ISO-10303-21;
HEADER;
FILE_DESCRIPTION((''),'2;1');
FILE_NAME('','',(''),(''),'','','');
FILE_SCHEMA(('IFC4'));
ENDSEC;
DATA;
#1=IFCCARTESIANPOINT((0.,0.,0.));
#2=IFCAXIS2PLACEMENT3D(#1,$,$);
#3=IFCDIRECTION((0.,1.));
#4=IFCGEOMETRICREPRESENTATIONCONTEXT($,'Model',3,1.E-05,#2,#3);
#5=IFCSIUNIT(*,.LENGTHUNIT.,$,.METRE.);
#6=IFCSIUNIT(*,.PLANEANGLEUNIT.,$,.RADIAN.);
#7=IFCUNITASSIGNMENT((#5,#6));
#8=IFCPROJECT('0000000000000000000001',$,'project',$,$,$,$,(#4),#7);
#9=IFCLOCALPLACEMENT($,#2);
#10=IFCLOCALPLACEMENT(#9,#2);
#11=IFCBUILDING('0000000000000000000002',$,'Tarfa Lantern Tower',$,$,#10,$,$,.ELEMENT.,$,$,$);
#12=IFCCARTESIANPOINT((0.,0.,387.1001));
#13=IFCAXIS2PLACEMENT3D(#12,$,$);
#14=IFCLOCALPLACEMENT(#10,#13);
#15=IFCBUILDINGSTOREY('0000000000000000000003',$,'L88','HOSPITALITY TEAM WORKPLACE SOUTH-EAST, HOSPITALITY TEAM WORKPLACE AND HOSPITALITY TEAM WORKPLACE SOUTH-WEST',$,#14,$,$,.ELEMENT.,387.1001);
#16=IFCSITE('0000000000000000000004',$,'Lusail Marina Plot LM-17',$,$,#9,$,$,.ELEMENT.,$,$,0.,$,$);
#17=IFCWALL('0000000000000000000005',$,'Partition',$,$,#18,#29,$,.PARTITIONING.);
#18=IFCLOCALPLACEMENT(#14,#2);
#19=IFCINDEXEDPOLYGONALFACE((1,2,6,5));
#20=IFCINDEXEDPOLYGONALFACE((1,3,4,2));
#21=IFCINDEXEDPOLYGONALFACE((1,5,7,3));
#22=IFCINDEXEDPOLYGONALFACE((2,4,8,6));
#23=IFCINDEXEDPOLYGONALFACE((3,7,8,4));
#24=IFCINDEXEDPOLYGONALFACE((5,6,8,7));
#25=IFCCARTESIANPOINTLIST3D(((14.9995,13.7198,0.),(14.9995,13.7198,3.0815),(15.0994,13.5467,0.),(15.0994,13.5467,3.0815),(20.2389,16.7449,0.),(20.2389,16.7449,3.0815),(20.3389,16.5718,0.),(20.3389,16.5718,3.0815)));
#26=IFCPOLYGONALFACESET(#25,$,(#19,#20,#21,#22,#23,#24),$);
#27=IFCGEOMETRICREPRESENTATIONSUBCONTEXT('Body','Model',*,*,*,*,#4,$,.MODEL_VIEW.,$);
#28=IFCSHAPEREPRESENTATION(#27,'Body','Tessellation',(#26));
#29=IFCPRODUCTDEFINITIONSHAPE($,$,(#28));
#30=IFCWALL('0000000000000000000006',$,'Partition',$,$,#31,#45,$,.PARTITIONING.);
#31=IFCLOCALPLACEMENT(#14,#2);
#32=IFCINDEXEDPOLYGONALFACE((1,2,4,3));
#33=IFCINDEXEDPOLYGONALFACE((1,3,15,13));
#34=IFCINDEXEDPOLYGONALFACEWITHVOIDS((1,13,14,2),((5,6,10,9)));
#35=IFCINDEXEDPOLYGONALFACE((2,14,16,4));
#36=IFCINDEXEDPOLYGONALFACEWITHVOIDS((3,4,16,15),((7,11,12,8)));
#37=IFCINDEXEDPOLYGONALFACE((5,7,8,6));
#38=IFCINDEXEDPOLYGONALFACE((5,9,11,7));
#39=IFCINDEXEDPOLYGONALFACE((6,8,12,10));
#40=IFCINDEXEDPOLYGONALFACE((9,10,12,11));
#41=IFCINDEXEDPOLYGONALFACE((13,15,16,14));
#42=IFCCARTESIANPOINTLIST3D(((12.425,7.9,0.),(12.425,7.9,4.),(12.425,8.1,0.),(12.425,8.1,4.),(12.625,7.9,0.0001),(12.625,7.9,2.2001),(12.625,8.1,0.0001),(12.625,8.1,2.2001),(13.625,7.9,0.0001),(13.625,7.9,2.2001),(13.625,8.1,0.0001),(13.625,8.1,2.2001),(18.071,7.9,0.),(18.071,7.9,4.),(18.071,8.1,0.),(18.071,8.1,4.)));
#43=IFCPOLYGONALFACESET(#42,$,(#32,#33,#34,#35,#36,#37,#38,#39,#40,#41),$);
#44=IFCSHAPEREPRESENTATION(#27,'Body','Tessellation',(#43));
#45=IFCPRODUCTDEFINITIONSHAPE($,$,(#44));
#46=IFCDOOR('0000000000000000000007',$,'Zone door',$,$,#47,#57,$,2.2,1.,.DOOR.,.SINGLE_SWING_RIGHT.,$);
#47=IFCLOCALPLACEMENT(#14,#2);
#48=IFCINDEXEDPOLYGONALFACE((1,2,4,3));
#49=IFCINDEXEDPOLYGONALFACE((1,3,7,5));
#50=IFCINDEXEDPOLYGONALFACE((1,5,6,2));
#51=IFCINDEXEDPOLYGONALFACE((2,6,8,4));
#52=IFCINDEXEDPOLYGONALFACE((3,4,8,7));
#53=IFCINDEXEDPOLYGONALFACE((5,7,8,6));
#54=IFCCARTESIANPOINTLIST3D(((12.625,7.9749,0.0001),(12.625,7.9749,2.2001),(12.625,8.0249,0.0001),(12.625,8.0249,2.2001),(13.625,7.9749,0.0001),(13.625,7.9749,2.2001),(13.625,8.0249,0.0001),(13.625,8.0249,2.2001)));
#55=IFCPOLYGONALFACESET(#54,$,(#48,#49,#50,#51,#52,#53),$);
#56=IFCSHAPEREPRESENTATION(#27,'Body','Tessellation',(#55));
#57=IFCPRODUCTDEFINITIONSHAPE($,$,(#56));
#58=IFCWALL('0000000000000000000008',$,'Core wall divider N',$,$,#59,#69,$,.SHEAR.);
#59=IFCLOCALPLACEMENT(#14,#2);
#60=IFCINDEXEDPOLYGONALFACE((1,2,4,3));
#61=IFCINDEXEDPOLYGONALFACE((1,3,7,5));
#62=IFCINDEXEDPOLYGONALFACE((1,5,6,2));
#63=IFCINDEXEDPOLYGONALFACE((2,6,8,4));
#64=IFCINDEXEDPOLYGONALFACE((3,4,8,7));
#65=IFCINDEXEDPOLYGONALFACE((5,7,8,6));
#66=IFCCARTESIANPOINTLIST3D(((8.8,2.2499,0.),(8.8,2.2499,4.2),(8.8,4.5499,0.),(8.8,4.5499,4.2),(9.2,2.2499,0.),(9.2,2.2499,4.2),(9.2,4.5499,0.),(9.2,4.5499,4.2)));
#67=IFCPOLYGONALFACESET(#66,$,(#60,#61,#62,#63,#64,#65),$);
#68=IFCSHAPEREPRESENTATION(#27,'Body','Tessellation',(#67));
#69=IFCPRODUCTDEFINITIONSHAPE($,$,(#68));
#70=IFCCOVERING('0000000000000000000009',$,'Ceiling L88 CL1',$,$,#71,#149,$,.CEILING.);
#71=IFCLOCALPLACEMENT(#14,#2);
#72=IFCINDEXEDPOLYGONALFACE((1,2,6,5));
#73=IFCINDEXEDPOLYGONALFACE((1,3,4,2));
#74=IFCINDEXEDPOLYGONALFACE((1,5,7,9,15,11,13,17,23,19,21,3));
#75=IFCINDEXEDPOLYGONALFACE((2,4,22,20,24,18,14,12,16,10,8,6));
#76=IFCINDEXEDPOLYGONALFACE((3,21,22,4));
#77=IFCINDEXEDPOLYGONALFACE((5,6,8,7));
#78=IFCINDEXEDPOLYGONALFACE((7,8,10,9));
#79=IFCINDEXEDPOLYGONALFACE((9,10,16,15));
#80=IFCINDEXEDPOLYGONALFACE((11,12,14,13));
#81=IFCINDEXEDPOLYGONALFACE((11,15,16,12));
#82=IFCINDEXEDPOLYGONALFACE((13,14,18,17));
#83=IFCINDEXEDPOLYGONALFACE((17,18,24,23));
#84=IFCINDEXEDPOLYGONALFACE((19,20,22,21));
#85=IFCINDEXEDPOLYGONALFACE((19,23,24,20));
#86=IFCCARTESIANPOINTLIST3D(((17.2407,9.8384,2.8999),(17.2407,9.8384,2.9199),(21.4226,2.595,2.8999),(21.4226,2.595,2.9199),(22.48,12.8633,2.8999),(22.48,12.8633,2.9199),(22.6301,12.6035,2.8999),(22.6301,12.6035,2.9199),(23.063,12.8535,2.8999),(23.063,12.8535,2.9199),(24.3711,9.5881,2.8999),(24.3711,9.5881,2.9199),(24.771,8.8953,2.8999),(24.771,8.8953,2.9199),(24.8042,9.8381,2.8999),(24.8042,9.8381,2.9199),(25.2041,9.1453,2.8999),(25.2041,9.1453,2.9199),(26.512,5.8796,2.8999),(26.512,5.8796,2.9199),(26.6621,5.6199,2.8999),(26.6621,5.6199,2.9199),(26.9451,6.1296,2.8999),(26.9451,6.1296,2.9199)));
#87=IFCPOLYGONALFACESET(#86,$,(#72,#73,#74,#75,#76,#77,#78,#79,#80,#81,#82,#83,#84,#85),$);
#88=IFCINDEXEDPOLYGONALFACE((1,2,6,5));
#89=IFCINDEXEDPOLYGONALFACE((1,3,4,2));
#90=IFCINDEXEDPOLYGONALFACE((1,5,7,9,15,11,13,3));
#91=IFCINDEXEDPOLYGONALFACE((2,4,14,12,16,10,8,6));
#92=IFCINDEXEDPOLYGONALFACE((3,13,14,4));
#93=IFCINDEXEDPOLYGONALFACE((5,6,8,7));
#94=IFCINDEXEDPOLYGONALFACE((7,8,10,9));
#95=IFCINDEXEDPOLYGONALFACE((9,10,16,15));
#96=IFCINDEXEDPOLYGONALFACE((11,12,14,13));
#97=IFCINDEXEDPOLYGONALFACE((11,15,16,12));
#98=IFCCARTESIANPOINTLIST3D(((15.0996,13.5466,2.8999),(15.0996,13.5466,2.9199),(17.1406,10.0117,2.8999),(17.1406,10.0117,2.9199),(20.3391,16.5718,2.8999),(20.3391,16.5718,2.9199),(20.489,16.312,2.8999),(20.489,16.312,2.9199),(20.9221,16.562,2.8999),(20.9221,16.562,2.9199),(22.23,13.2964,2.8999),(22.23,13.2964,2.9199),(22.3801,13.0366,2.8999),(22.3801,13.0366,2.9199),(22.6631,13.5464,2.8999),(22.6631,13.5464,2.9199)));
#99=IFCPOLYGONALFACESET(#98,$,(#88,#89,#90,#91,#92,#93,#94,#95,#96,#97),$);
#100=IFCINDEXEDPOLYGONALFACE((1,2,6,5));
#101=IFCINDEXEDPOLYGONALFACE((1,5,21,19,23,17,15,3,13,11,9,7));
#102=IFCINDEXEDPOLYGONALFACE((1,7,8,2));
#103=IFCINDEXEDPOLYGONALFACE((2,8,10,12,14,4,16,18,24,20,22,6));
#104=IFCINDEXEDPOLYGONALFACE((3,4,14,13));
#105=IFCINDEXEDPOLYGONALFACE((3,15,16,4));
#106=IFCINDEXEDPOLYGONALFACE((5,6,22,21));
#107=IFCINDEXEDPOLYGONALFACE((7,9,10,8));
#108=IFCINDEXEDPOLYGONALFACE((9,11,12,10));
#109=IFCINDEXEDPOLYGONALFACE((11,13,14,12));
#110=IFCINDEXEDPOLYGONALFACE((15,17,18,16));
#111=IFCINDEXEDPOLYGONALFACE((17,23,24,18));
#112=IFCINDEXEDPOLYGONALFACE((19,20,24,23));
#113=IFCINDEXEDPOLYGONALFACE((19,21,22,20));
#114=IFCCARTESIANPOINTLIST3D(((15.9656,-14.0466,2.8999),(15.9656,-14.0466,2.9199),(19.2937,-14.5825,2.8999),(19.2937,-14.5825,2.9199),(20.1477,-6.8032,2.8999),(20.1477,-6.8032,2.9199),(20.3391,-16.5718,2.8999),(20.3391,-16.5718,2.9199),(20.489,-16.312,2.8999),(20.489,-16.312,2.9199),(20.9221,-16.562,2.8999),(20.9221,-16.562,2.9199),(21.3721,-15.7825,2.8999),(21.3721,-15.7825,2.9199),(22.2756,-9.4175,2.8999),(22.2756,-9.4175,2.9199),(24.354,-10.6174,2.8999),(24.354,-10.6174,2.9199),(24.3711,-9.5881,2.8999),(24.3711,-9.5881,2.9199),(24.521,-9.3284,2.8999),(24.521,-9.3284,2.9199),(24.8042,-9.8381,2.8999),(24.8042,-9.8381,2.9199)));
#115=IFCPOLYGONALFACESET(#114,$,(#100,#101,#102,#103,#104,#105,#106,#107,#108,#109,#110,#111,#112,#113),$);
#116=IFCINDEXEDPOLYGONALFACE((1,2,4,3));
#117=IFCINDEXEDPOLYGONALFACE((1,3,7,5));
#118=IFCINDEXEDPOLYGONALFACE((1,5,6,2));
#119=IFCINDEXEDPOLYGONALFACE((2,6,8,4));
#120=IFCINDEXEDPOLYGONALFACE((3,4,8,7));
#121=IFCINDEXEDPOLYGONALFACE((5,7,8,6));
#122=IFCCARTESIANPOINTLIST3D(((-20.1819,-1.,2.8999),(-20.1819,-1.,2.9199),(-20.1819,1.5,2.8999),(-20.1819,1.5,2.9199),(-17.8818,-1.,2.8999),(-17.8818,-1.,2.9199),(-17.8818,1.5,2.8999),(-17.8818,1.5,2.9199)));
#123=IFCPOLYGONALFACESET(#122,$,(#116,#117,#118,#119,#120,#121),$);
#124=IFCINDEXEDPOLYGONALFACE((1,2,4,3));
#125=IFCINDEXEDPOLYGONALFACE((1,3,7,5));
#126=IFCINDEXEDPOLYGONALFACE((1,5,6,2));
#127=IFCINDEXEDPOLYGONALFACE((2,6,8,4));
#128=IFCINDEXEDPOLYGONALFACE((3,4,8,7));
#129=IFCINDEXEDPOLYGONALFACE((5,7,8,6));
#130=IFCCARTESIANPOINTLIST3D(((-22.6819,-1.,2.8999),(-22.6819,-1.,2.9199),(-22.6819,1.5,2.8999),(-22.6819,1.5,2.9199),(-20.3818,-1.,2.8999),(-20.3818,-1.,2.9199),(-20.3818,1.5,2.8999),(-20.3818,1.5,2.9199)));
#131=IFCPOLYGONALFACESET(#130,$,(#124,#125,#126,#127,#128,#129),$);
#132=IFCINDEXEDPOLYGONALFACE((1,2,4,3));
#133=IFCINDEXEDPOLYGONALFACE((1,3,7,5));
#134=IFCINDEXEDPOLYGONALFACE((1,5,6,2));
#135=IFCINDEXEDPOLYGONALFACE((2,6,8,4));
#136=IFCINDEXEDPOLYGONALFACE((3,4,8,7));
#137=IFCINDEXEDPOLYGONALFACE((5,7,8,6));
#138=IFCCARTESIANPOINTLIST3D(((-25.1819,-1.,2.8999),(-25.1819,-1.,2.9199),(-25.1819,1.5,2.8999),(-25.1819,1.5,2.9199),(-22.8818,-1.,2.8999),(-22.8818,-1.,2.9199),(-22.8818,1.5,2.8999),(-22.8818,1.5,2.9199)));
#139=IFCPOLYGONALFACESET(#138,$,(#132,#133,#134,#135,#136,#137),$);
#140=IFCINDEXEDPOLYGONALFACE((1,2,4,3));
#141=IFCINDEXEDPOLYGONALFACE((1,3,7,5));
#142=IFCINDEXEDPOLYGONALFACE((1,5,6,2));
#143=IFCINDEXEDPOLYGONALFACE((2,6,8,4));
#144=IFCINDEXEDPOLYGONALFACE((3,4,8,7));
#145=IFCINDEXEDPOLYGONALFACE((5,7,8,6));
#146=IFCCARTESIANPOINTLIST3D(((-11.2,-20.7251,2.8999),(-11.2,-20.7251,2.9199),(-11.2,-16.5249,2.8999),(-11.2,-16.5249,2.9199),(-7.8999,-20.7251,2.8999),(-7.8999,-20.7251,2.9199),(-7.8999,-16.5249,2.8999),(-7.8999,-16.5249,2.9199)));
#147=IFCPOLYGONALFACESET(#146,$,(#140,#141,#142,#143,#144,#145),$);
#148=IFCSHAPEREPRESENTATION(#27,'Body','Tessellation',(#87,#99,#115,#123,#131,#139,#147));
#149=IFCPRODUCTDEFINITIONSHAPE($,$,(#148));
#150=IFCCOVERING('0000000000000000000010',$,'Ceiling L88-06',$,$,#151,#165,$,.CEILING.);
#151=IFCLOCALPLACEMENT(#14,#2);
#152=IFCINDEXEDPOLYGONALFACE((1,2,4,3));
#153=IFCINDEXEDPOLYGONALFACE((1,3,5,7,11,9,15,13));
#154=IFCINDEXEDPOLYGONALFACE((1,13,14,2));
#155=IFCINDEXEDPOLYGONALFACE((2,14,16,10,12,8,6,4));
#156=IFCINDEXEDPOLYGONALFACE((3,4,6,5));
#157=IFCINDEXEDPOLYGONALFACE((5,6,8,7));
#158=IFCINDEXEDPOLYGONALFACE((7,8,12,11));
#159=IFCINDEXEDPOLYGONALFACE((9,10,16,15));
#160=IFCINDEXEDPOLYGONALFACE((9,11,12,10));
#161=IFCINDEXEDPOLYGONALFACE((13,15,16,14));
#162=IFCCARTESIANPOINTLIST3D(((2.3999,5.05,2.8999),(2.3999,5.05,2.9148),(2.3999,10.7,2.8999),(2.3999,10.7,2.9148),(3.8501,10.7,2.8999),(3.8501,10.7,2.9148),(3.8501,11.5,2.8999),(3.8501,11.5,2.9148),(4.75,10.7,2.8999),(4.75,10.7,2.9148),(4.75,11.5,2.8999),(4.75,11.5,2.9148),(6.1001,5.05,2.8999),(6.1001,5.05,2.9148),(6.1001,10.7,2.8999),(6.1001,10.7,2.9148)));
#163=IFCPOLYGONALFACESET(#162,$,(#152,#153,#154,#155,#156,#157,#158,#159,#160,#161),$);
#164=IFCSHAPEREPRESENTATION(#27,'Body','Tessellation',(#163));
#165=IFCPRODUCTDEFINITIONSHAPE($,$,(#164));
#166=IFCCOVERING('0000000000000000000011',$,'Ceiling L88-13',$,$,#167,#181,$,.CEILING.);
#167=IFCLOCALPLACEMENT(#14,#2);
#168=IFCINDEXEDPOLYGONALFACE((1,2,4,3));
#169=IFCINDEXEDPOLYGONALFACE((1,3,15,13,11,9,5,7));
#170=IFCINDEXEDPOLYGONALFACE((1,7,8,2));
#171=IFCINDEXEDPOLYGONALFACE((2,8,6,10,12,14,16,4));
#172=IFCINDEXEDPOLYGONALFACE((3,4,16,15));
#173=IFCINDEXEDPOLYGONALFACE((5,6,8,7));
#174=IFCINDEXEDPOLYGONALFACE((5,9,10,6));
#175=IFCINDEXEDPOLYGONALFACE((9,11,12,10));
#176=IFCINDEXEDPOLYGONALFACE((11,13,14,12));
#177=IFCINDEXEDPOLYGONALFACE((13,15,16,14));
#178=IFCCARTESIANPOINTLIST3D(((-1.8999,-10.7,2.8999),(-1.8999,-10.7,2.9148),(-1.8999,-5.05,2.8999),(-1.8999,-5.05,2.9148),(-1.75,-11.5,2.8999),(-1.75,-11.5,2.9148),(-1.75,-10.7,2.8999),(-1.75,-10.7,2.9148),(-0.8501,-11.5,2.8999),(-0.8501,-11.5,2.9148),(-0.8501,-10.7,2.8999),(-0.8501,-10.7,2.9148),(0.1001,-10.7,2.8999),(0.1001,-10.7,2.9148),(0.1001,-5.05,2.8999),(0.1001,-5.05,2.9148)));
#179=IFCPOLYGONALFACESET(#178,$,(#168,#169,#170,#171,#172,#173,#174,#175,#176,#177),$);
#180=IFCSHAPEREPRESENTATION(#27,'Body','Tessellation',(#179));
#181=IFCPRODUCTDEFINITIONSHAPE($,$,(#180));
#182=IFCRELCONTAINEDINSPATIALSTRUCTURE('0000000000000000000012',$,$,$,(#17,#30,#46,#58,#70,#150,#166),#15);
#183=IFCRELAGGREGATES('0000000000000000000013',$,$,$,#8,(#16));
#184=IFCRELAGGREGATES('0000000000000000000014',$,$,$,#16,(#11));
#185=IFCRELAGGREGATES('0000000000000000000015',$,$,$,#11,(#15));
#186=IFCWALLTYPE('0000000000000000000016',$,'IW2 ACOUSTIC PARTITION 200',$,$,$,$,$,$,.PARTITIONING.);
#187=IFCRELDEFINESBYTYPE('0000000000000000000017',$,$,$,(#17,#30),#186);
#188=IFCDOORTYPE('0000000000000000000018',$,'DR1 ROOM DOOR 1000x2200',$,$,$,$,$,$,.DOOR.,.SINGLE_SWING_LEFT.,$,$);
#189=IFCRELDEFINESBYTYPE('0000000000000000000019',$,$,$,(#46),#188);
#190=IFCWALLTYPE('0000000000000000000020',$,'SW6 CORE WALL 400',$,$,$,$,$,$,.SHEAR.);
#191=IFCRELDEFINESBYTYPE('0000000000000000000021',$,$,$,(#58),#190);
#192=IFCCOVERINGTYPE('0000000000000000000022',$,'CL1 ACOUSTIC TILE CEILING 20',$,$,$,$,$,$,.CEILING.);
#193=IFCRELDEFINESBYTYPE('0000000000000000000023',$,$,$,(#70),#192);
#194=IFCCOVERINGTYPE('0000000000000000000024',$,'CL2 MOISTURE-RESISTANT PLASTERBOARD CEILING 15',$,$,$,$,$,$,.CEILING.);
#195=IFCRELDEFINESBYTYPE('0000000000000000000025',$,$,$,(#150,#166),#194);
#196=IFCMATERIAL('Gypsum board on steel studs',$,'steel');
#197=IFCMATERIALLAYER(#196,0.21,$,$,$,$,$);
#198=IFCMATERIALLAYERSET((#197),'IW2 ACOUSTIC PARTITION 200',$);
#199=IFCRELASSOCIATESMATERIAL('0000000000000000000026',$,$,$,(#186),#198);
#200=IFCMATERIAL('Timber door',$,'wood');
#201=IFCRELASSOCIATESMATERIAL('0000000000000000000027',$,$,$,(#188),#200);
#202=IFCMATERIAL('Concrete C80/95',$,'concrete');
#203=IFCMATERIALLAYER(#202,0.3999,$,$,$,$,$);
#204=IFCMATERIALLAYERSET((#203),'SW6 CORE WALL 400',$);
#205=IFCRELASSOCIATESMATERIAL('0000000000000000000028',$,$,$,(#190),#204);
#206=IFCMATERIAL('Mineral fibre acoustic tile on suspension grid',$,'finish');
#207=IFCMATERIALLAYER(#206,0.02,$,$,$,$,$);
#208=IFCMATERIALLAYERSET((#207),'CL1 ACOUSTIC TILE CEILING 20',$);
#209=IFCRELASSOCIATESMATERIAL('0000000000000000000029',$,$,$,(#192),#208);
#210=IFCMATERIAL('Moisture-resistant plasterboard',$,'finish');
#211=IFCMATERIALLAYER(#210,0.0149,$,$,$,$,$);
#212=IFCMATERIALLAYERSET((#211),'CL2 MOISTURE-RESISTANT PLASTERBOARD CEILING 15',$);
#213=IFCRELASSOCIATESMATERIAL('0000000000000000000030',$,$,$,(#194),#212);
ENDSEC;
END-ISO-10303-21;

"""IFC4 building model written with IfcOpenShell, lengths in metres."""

from ifc_helpers import new_model, si_unit, direction, frame, frame_2d, origin, place, context, subcontext, project, spatial, polyline, rectangle, outline, extrude, material, layer, layer_set, type_object, element, fill, save


model = new_model("IFC4")

# Units and contexts
model_context = context("Model", 3, precision=1e-05, world=origin(), true_north=direction((0.0, 1.0)))
body_context = subcontext(model_context, "Body", "Model", "MODEL_VIEW")
ifc_project = project(units=[si_unit("LENGTHUNIT", "METRE"), si_unit("PLANEANGLEUNIT", "RADIAN")], contexts=[model_context])

# Site, building, storey
site_placement = place(None, origin())
site = spatial("IfcSite", under=ifc_project, at=site_placement, Name="Lusail Marina Plot LM-17", CompositionType="ELEMENT", RefElevation=0.0)
building_placement = place(site_placement, origin())
building = spatial("IfcBuilding", under=site, at=building_placement, Name="Tarfa Lantern Tower", CompositionType="ELEMENT")
storey_placement = place(building_placement, frame((0.0, 0.0, 387.1001)))
storey = spatial("IfcBuildingStorey", under=building, at=storey_placement, Name="L88", Description="HOSPITALITY TEAM WORKPLACE SOUTH-EAST, HOSPITALITY TEAM WORKPLACE AND HOSPITALITY TEAM WORKPLACE SOUTH-WEST", CompositionType="ELEMENT", Elevation=387.1001)

# Wall
ifc_material_1 = material(Name="Gypsum board on steel studs", Category="steel")
ifc_layer_1 = layer(ifc_material_1, 0.21)
ifc_layer_set_1 = layer_set([ifc_layer_1], Name="IW2 ACOUSTIC PARTITION 200")
wall_type_1 = type_object("IfcWallType", Name="IW2 ACOUSTIC PARTITION 200", PredefinedType="PARTITIONING", material=ifc_layer_set_1)
for number, where, z_axis, x_axis, name in (
    (1, (15.0496, 13.6333, 0.0), (0.0, 0.0, 1.0), (0.866017, 0.500015, 0.0), "Partition"),
):
    element("IfcWall", number, at=place(storey_placement, frame(where, z_axis=z_axis, x_axis=x_axis)), inside=storey, type_object=wall_type_1, Name=name, PredefinedType="PARTITIONING", context=body_context, shape_type="SweptSolid", body=[
        extrude(rectangle(XDim=6.05, YDim=0.2, at=frame_2d((3.0249, 0.0))), origin(), (0.0, 0.0, 1.0), 3.0815),
    ])

# Wall, opening, door
wall_1_placement = place(storey_placement, frame((12.425, 8.0, 0.0), z_axis=(0.0, 0.0, 1.0), x_axis=(1.0, 0.0, 0.0)))
wall_1 = element("IfcWall", 2, at=wall_1_placement, inside=storey, type_object=wall_type_1, Name="Partition", PredefinedType="PARTITIONING", context=body_context, shape_type="SweptSolid", body=[
    extrude(rectangle(XDim=5.646, YDim=0.2, at=frame_2d((2.823, 0.0))), origin(), (0.0, 0.0, 1.0), 4.0),
])
opening_placement = place(wall_1_placement, frame((0.2, 0.0, 0.0)))
opening = element("IfcOpeningElement", 3, at=opening_placement, cuts=wall_1, PredefinedType="OPENING", context=body_context, shape_type="SweptSolid", body=[
    extrude(rectangle(XDim=1.0, YDim=2.2, at=frame_2d((0.5, 1.1001))), frame((0.0, 0.1099, 0.0), z_axis=(0.0, -1.0, 0.0), x_axis=(1.0, 0.0, 0.0)), (0.0, 0.0, 1.0), 0.22),
])
ifc_material_2 = material(Name="Timber door", Category="wood")
door_type = type_object("IfcDoorType", Name="DR1 ROOM DOOR 1000x2200", OperationType="SINGLE_SWING_LEFT", PredefinedType="DOOR", material=ifc_material_2)
door_placement = place(opening_placement, origin())
door = element("IfcDoor", 4, at=door_placement, inside=storey, type_object=door_type, Name="Zone door", OperationType="SINGLE_SWING_RIGHT", OverallHeight=2.2, OverallWidth=1.0, PredefinedType="DOOR", context=body_context, shape_type="SweptSolid", body=[
    extrude(rectangle(XDim=1.0, YDim=2.2, at=frame_2d((0.5, 1.1001))), frame((0.0, 0.0249, 0.0), z_axis=(0.0, -1.0, 0.0), x_axis=(1.0, 0.0, 0.0)), (0.0, 0.0, 1.0), 0.05),
])
fill(opening, door)

# Wall
ifc_material_3 = material(Name="Concrete C80/95", Category="concrete")
ifc_layer_2 = layer(ifc_material_3, 0.3999)
ifc_layer_set_2 = layer_set([ifc_layer_2], Name="SW6 CORE WALL 400")
wall_type_2 = type_object("IfcWallType", Name="SW6 CORE WALL 400", PredefinedType="SHEAR", material=ifc_layer_set_2)
wall_2_placement = place(storey_placement, frame((9.0, 2.25, 0.0), z_axis=(0.0, 0.0, 1.0), x_axis=(0.0, 1.0, 0.0)))
element("IfcWall", 5, at=wall_2_placement, inside=storey, type_object=wall_type_2, Name="Core wall divider N", PredefinedType="SHEAR", context=body_context, shape_type="SweptSolid", body=[
    extrude(rectangle(XDim=2.3, YDim=0.3999, at=frame_2d((1.1499, 0.0))), origin(), (0.0, 0.0, 1.0), 4.2),
])

# Coverings
ifc_material_4 = material(Name="Mineral fibre acoustic tile on suspension grid", Category="finish")
ifc_layer_3 = layer(ifc_material_4, 0.02)
ifc_layer_set_3 = layer_set([ifc_layer_3], Name="CL1 ACOUSTIC TILE CEILING 20")
covering_type_1 = type_object("IfcCoveringType", Name="CL1 ACOUSTIC TILE CEILING 20", PredefinedType="CEILING", material=ifc_layer_set_3)
covering_1_placement = place(storey_placement, frame((0.0, 0.0, 2.8999)))
element("IfcCovering", 6, at=covering_1_placement, inside=storey, type_object=covering_type_1, Name="Ceiling L88 CL1", PredefinedType="CEILING", context=body_context, shape_type="SweptSolid", body=[
    extrude(outline(polyline([(17.2407, 9.8384), (22.48, 12.8633), (22.6301, 12.6035), (23.063, 12.8535), (24.8042, 9.8381), (24.3711, 9.5881), (24.771, 8.8953), (25.2041, 9.1453), (26.9451, 6.1296), (26.512, 5.8796), (26.6621, 5.6199), (21.4226, 2.595), (17.2407, 9.8384)])), origin(), (0.0, 0.0, 1.0), 0.02),
    extrude(outline(polyline([(15.0996, 13.5466), (20.3391, 16.5718), (20.489, 16.312), (20.9221, 16.562), (22.6631, 13.5464), (22.23, 13.2964), (22.3801, 13.0366), (17.1406, 10.0117), (15.0996, 13.5466)])), origin(), (0.0, 0.0, 1.0), 0.02),
    extrude(outline(polyline([(20.1477, -6.8032), (24.521, -9.3284), (24.3711, -9.5881), (24.8042, -9.8381), (24.354, -10.6174), (22.2756, -9.4175), (19.2937, -14.5825), (21.3721, -15.7825), (20.9221, -16.562), (20.489, -16.312), (20.3391, -16.5718), (15.9656, -14.0466), (20.1477, -6.8032)])), origin(), (0.0, 0.0, 1.0), 0.02),
    extrude(outline(polyline([(-20.1819, -1.0), (-20.1819, 1.5), (-17.8818, 1.5), (-17.8818, -1.0), (-20.1819, -1.0)])), origin(), (0.0, 0.0, 1.0), 0.02),
    extrude(outline(polyline([(-22.6819, -1.0), (-22.6819, 1.5), (-20.3818, 1.5), (-20.3818, -1.0), (-22.6819, -1.0)])), origin(), (0.0, 0.0, 1.0), 0.02),
    extrude(outline(polyline([(-25.1819, -1.0), (-25.1819, 1.5), (-22.8818, 1.5), (-22.8818, -1.0), (-25.1819, -1.0)])), origin(), (0.0, 0.0, 1.0), 0.02),
    extrude(outline(polyline([(-7.8999, -20.7251), (-11.2, -20.7251), (-11.2, -16.5249), (-7.8999, -16.5249), (-7.8999, -20.7251)])), origin(), (0.0, 0.0, 1.0), 0.02),
])
ifc_material_5 = material(Name="Moisture-resistant plasterboard", Category="finish")
ifc_layer_4 = layer(ifc_material_5, 0.0149)
ifc_layer_set_4 = layer_set([ifc_layer_4], Name="CL2 MOISTURE-RESISTANT PLASTERBOARD CEILING 15")
covering_type_2 = type_object("IfcCoveringType", Name="CL2 MOISTURE-RESISTANT PLASTERBOARD CEILING 15", PredefinedType="CEILING", material=ifc_layer_set_4)
covering_2_placement = place(storey_placement, frame((0.0, 0.0, 2.8999)))
element("IfcCovering", 7, at=covering_2_placement, inside=storey, type_object=covering_type_2, Name="Ceiling L88-06", PredefinedType="CEILING", context=body_context, shape_type="SweptSolid", body=[
    extrude(outline(polyline([(2.3999, 5.05), (6.1001, 5.05), (6.1001, 10.7), (4.75, 10.7), (4.75, 11.5), (3.8501, 11.5), (3.8501, 10.7), (2.3999, 10.7), (2.3999, 5.05)])), origin(), (0.0, 0.0, 1.0), 0.0149),
])
covering_3_placement = place(storey_placement, frame((0.0, 0.0, 2.8999)))
element("IfcCovering", 8, at=covering_3_placement, inside=storey, type_object=covering_type_2, Name="Ceiling L88-13", PredefinedType="CEILING", context=body_context, shape_type="SweptSolid", body=[
    extrude(outline(polyline([(-0.8501, -10.7), (0.1001, -10.7), (0.1001, -5.05), (-1.8999, -5.05), (-1.8999, -10.7), (-1.75, -10.7), (-1.75, -11.5), (-1.75, -11.5), (-0.8501, -11.5), (-0.8501, -10.7)])), origin(), (0.0, 0.0, 1.0), 0.0149),
])

save(model, "model.ifc")
